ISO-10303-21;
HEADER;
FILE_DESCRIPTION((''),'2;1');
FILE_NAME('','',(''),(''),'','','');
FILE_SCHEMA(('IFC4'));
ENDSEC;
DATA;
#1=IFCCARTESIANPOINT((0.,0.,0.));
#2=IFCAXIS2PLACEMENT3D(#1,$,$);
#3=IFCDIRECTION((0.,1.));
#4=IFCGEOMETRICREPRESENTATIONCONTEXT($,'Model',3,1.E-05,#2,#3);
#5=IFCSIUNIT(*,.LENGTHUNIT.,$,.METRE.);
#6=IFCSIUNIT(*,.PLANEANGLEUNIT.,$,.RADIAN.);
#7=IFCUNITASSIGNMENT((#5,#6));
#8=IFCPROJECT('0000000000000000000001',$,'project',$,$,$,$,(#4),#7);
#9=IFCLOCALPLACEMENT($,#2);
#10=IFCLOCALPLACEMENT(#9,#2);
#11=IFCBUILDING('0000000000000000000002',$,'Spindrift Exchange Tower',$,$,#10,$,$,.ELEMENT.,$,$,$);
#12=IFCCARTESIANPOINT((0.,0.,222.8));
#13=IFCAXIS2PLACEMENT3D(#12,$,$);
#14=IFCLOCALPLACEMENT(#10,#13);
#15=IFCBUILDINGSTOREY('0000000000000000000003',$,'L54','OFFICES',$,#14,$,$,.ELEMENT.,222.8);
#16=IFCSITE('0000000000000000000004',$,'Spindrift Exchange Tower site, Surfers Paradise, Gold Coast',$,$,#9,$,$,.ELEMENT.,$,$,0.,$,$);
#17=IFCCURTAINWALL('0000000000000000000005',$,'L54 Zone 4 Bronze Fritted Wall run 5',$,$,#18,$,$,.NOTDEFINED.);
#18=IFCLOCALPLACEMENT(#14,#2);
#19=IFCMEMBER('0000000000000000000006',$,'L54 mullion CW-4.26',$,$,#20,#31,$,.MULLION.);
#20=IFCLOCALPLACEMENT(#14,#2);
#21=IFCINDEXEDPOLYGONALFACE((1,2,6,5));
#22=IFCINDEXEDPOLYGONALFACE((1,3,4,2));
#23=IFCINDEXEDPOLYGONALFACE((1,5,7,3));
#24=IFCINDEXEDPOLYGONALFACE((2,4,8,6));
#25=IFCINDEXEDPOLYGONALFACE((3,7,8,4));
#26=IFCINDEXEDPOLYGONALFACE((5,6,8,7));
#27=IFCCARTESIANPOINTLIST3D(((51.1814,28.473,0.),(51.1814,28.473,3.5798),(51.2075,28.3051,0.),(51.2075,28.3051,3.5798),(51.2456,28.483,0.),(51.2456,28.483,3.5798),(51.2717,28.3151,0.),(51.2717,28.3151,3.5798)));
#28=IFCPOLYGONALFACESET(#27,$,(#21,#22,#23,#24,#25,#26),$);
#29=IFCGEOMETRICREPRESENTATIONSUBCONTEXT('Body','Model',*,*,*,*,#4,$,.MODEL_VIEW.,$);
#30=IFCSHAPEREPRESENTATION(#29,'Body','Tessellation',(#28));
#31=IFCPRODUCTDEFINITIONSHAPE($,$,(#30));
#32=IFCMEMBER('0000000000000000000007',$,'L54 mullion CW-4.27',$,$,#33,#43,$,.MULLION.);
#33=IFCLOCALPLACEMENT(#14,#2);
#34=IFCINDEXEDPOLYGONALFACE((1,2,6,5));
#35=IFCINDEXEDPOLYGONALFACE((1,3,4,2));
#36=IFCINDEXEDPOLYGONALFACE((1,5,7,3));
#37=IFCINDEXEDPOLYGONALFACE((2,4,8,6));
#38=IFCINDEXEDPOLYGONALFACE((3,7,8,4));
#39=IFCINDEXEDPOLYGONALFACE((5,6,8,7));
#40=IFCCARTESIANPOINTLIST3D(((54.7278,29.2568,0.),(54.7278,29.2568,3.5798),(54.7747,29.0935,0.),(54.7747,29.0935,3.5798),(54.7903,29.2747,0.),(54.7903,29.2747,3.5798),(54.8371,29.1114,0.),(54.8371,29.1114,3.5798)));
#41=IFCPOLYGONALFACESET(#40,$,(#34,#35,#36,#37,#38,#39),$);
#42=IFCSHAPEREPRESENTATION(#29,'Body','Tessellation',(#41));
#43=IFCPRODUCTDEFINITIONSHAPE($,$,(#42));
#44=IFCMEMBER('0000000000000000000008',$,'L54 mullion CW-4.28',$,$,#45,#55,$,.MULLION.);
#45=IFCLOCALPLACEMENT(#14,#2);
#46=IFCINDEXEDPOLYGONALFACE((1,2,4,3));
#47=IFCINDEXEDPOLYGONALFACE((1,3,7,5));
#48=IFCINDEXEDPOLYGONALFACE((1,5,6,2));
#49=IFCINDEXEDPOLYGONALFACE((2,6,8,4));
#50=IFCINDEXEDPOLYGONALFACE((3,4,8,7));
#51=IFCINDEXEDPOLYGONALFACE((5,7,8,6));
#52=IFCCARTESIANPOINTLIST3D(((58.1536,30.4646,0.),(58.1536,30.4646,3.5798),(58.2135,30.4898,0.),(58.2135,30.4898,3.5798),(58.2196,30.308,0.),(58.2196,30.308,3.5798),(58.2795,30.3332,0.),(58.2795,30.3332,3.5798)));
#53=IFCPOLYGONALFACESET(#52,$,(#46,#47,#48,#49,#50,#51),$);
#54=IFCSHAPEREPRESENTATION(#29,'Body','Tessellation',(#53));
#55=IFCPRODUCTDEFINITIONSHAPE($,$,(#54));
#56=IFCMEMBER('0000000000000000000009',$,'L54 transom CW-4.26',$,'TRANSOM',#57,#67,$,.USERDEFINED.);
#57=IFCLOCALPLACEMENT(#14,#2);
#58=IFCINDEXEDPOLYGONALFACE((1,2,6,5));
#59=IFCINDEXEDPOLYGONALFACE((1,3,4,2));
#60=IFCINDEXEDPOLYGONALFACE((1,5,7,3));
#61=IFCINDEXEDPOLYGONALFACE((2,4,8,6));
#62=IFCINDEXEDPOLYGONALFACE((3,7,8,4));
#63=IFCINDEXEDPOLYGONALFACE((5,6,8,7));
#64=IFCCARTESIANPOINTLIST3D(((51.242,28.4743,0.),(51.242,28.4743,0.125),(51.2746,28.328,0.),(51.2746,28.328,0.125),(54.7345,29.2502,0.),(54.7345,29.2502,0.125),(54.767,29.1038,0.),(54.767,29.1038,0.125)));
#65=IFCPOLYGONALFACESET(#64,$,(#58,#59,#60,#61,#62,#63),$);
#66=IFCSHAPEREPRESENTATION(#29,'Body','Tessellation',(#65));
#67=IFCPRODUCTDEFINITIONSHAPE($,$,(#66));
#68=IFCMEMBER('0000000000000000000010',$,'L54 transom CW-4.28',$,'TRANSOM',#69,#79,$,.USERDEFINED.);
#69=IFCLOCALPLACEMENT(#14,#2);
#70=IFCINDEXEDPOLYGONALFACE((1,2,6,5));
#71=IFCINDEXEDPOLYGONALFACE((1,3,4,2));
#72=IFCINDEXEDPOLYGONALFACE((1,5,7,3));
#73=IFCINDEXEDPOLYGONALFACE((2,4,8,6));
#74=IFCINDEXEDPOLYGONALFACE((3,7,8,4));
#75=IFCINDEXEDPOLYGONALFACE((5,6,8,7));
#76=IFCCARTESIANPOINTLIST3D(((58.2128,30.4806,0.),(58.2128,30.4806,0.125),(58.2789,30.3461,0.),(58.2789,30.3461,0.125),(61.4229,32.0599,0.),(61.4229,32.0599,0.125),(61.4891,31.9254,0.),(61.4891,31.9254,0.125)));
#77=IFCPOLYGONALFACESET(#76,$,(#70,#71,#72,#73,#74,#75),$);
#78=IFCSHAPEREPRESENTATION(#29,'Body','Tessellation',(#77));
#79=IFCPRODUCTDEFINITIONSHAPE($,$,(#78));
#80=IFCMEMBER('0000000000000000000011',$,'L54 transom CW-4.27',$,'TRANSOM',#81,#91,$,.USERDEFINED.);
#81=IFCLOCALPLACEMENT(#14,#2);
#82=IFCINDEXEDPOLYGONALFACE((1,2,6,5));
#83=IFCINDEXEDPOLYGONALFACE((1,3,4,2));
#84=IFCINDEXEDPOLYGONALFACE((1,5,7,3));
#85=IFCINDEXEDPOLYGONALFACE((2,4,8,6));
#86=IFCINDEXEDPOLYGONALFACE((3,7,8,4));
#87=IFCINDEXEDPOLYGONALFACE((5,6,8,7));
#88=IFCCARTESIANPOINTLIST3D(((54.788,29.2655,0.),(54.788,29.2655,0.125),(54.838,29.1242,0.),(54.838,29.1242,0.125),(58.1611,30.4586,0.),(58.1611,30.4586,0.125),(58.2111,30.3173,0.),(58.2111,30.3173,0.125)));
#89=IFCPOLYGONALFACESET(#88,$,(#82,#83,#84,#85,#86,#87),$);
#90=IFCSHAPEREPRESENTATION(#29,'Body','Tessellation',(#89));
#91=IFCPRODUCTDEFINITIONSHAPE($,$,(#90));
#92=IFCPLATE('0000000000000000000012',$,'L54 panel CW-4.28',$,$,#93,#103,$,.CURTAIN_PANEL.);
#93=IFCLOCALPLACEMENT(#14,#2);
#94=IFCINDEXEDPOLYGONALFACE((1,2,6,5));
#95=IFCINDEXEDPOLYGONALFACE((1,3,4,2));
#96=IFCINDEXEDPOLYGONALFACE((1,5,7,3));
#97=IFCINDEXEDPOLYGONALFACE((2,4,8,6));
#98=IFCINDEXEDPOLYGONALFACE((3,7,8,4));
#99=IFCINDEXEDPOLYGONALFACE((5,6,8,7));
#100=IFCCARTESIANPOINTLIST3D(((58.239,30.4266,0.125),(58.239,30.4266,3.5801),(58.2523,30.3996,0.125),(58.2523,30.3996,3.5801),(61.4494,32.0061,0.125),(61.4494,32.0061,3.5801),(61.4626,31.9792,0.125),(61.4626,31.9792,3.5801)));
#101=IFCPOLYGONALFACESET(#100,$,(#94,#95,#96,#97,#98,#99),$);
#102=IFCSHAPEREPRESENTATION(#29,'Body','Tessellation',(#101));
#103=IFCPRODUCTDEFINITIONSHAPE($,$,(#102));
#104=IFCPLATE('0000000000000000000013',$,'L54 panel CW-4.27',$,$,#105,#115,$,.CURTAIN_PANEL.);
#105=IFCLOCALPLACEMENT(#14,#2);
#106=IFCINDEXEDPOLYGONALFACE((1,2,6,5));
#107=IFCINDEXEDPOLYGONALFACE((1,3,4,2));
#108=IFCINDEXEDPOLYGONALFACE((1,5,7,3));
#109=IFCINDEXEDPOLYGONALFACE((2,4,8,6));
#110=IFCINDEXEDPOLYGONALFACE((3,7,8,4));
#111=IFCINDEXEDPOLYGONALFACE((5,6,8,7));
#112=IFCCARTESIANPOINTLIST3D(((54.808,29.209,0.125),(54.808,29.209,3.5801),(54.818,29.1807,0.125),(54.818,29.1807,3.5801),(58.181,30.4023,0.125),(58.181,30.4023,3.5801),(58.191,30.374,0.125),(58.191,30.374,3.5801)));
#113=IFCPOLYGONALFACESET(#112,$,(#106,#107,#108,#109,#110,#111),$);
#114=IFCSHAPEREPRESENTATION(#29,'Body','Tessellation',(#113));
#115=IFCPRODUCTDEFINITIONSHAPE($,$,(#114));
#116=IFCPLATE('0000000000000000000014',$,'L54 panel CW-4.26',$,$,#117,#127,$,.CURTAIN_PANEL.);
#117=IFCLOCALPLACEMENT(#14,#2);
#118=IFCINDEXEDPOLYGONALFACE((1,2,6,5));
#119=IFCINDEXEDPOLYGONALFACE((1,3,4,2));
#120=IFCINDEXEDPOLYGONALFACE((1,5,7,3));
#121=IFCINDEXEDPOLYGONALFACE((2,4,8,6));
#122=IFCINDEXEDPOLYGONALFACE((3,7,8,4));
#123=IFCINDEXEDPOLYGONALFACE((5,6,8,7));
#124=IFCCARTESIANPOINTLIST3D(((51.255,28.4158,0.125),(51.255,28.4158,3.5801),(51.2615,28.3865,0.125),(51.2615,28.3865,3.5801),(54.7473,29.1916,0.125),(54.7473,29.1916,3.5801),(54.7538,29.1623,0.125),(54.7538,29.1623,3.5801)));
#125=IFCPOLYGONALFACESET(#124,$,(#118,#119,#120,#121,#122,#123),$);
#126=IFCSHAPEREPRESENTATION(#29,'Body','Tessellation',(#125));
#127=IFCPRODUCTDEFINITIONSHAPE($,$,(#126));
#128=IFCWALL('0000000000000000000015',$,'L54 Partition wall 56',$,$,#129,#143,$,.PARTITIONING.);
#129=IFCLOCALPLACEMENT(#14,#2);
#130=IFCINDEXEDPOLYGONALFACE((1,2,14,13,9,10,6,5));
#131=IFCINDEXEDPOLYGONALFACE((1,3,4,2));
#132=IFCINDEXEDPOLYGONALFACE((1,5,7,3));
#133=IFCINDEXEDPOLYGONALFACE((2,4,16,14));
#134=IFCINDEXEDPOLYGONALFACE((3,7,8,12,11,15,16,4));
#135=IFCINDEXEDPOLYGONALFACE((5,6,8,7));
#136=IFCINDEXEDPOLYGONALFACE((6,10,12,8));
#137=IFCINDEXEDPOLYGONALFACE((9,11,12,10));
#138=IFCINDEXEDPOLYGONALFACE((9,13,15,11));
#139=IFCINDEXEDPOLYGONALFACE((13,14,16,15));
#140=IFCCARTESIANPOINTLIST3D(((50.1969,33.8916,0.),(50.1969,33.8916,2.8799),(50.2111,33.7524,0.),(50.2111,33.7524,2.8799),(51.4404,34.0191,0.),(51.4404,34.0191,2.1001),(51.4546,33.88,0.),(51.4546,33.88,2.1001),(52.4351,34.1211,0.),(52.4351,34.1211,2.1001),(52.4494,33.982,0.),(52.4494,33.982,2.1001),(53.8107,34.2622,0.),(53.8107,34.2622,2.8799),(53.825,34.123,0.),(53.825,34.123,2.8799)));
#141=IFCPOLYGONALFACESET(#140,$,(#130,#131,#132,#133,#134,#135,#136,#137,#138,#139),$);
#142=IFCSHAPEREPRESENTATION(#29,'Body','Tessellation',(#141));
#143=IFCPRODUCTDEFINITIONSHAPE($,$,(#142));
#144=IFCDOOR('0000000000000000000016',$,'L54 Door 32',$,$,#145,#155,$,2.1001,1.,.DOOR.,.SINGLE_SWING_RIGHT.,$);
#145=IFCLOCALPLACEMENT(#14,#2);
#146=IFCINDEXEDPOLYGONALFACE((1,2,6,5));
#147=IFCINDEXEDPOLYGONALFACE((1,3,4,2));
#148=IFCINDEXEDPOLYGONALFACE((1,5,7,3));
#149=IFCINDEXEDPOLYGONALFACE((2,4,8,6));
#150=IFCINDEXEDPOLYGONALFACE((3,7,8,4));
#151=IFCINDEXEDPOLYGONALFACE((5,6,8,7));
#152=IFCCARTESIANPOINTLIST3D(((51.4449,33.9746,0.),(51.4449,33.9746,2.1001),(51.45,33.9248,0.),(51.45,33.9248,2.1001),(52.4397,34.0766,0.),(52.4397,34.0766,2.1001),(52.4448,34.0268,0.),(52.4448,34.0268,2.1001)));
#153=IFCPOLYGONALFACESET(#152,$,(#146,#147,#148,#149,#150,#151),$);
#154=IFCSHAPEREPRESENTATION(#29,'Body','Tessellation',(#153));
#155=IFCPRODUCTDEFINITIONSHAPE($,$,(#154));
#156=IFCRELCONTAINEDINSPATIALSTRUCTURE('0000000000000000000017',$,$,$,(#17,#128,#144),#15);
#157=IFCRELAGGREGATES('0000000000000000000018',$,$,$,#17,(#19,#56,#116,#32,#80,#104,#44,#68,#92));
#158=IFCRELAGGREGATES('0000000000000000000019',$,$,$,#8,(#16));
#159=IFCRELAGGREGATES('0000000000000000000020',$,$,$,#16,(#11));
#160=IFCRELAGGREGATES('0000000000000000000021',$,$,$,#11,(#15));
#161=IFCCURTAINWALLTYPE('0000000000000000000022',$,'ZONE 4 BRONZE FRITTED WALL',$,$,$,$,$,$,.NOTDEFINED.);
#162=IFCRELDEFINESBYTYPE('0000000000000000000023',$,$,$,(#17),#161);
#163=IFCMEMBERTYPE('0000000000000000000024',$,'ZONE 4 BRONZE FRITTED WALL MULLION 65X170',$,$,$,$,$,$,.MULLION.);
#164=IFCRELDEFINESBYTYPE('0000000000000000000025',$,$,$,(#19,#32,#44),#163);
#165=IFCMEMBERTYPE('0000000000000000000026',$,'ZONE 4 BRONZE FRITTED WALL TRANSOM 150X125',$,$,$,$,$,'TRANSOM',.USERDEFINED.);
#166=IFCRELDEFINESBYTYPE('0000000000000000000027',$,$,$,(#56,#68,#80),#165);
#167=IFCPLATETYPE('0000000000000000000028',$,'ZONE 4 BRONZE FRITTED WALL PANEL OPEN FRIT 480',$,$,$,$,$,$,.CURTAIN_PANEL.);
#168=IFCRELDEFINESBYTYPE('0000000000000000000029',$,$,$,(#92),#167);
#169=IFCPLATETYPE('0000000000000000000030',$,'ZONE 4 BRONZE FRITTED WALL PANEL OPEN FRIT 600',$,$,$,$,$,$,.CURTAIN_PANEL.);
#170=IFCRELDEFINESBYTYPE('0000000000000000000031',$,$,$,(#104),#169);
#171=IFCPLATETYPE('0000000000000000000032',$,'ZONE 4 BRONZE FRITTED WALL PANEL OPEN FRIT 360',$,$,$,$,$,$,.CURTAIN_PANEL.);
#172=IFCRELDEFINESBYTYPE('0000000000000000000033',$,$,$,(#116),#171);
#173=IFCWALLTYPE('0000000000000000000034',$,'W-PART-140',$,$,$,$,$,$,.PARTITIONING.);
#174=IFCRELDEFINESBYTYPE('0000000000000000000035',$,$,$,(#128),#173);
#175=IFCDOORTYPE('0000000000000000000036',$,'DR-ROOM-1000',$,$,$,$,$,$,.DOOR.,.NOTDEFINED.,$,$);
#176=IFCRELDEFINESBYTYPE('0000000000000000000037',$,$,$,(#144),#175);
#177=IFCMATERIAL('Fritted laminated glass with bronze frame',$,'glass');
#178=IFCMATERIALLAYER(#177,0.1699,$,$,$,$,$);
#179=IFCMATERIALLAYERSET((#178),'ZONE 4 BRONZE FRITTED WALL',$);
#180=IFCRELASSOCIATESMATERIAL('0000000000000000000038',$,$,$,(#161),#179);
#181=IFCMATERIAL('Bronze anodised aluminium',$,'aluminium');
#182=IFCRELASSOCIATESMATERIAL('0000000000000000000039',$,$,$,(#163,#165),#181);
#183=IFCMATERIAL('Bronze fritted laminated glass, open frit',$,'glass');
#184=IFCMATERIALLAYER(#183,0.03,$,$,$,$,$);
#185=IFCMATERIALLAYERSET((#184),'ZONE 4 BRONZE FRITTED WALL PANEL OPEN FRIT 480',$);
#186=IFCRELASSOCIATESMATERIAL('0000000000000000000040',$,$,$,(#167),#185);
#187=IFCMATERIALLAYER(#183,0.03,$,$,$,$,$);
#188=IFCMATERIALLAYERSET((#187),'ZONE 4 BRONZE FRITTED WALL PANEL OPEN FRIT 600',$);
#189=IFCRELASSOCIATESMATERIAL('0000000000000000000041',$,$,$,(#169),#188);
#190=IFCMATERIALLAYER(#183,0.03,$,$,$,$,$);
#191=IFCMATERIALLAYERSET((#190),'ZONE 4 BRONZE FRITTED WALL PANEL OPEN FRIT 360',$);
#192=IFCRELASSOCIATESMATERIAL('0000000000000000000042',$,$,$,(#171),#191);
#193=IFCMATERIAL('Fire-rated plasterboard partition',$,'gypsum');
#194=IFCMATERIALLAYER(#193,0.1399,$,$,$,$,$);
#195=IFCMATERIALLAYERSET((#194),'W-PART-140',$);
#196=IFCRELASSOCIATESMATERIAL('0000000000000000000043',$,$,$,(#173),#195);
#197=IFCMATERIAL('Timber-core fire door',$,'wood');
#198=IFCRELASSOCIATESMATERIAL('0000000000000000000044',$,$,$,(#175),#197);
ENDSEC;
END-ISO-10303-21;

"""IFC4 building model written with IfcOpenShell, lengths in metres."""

from ifc_helpers import new_model, si_unit, direction, frame, frame_2d, origin, origin_2d, place, context, subcontext, project, spatial, rectangle, extrude, source, transform, mapped, material, layer, layer_set, material_profile, profile_set, type_object, element, fill, aggregate, save


model = new_model("IFC4")

# Units and contexts
model_context = context("Model", 3, precision=1e-05, world=origin(), true_north=direction((0.0, 1.0)))
body_context = subcontext(model_context, "Body", "Model", "MODEL_VIEW")
ifc_project = project(units=[si_unit("LENGTHUNIT", "METRE"), si_unit("PLANEANGLEUNIT", "RADIAN")], contexts=[model_context])

# Site, building, storey
site_placement = place(None, origin())
site = spatial("IfcSite", under=ifc_project, at=site_placement, Name="Spindrift Exchange Tower site, Surfers Paradise, Gold Coast", CompositionType="ELEMENT", RefElevation=0.0)
building_placement = place(site_placement, origin())
building = spatial("IfcBuilding", under=site, at=building_placement, Name="Spindrift Exchange Tower", CompositionType="ELEMENT")
storey_placement = place(building_placement, frame((0.0, 0.0, 222.8)))
storey = spatial("IfcBuildingStorey", under=building, at=storey_placement, Name="L54", Description="OFFICES", CompositionType="ELEMENT", Elevation=222.8)

# Curtain wall, members, plates
ifc_material_1 = material(Name="Fritted laminated glass with bronze frame", Category="glass")
ifc_layer_1 = layer(ifc_material_1, 0.1699)
ifc_layer_set_1 = layer_set([ifc_layer_1], Name="ZONE 4 BRONZE FRITTED WALL")
curtain_wall_type = type_object("IfcCurtainWallType", Name="ZONE 4 BRONZE FRITTED WALL", PredefinedType="NOTDEFINED", material=ifc_layer_set_1)
curtain_wall_placement = place(storey_placement, origin())
curtain_wall = element("IfcCurtainWall", 1, at=curtain_wall_placement, inside=storey, type_object=curtain_wall_type, Name="L54 Zone 4 Bronze Fritted Wall run 5", PredefinedType="NOTDEFINED")
ifc_material_2 = material(Name="Bronze anodised aluminium", Category="aluminium")
ifc_material_profile_1 = material_profile(ifc_material_2, rectangle(XDim=0.0649, YDim=0.1699, at=origin_2d()), Name="ZONE 4 BRONZE FRITTED WALL MULLION 65X170")
ifc_profile_set_1 = profile_set([ifc_material_profile_1], Name="Bronze anodised aluminium")
member_type_1 = type_object("IfcMemberType", Name="ZONE 4 BRONZE FRITTED WALL MULLION 65X170", PredefinedType="MULLION", material=ifc_profile_set_1)
shared_shape_1 = source(origin(), body_context, "Body", "SweptSolid", [
    extrude(rectangle(XDim=0.0649, YDim=0.1699, at=origin_2d()), origin(), (0.0, 0.0, 1.0), 3.5798),
])
member_1_placement = place(storey_placement, frame((51.2266, 28.394, 0.0), z_axis=(0.0, 0.0, 1.0), x_axis=(0.988174, 0.153339, 0.0)))
member_1 = element("IfcMember", 2, at=member_1_placement, type_object=member_type_1, Name="L54 mullion CW-4.26", PredefinedType="MULLION", context=body_context, shape_type="MappedRepresentation", body=[
    mapped(shared_shape_1, transform((0.0, 0.0, 0.0), scale=1.0)),
])
member_2_placement = place(storey_placement, frame((54.7825, 29.1841, 0.0), z_axis=(0.0, 0.0, 1.0), x_axis=(0.961246, 0.275692, 0.0)))
member_2 = element("IfcMember", 3, at=member_2_placement, type_object=member_type_1, Name="L54 mullion CW-4.27", PredefinedType="MULLION", context=body_context, shape_type="MappedRepresentation", body=[
    mapped(shared_shape_1, transform((0.0, 0.0, 0.0), scale=1.0)),
])
member_3_placement = place(storey_placement, frame((58.2166, 30.3989, 0.0), z_axis=(0.0, 0.0, 1.0), x_axis=(0.921593, 0.388158, 0.0)))
member_3 = element("IfcMember", 4, at=member_3_placement, type_object=member_type_1, Name="L54 mullion CW-4.28", PredefinedType="MULLION", context=body_context, shape_type="MappedRepresentation", body=[
    mapped(shared_shape_1, transform((0.0, 0.0, 0.0), scale=1.0)),
])
ifc_material_profile_2 = material_profile(ifc_material_2, rectangle(XDim=0.1499, YDim=0.125, at=origin_2d()), Name="ZONE 4 BRONZE FRITTED WALL TRANSOM 150X125")
ifc_profile_set_2 = profile_set([ifc_material_profile_2], Name="Bronze anodised aluminium")
member_type_2 = type_object("IfcMemberType", Name="ZONE 4 BRONZE FRITTED WALL TRANSOM 150X125", ElementType="TRANSOM", PredefinedType="USERDEFINED", material=ifc_profile_set_2)
shared_shape_2 = source(origin(), body_context, "Body", "SweptSolid", [
    extrude(rectangle(XDim=0.1499, YDim=0.125, at=origin_2d()), origin(), (0.0, 0.0, 1.0), 3.5776),
])
member_4_placement = place(storey_placement, frame((51.2583, 28.4011, 0.0625), z_axis=(0.9762, 0.216873, 0.0), x_axis=(-0.216873, 0.9762, 0.0)))
member_4 = element("IfcMember", 5, at=member_4_placement, type_object=member_type_2, Name="L54 transom CW-4.26", ObjectType="TRANSOM", PredefinedType="USERDEFINED", context=body_context, shape_type="MappedRepresentation", body=[
    mapped(shared_shape_2, transform((0.0, 0.0, 0.0), scale=1.0)),
])
member_5_placement = place(storey_placement, frame((58.2458, 30.4133, 0.0625), z_axis=(0.897288, 0.441445, 0.0), x_axis=(-0.441445, 0.897288, 0.0)))
member_5 = element("IfcMember", 6, at=member_5_placement, type_object=member_type_2, Name="L54 transom CW-4.28", ObjectType="TRANSOM", PredefinedType="USERDEFINED", context=body_context, shape_type="MappedRepresentation", body=[
    mapped(shared_shape_2, transform((0.0, 0.0, 0.0), scale=1.0)),
])
shared_shape_3 = source(origin(), body_context, "Body", "SweptSolid", [
    extrude(rectangle(XDim=0.1499, YDim=0.125, at=origin_2d()), origin(), (0.0, 0.0, 1.0), 3.5779),
])
member_6_placement = place(storey_placement, frame((54.813, 29.1948, 0.0625), z_axis=(0.94276, 0.333473, 0.0), x_axis=(-0.333473, 0.94276, 0.0)))
member_6 = element("IfcMember", 7, at=member_6_placement, type_object=member_type_2, Name="L54 transom CW-4.27", ObjectType="TRANSOM", PredefinedType="USERDEFINED", context=body_context, shape_type="MappedRepresentation", body=[
    mapped(shared_shape_3, transform((0.0, 0.0, 0.0), scale=1.0)),
])
ifc_material_3 = material(Name="Bronze fritted laminated glass, open frit", Category="glass")
ifc_layer_2 = layer(ifc_material_3, 0.03)
ifc_layer_set_2 = layer_set([ifc_layer_2], Name="ZONE 4 BRONZE FRITTED WALL PANEL OPEN FRIT 480")
plate_type_1 = type_object("IfcPlateType", Name="ZONE 4 BRONZE FRITTED WALL PANEL OPEN FRIT 480", PredefinedType="CURTAIN_PANEL", material=ifc_layer_set_2)
shared_shape_4 = source(origin(), body_context, "Body", "SweptSolid", [
    extrude(rectangle(XDim=3.5779, YDim=0.03, at=origin_2d()), origin(), (0.0, 0.0, 1.0), 3.4551),
])
plate_1_placement = place(storey_placement, frame((59.8508, 31.2029, 0.125), z_axis=(0.0, 0.0, 1.0), x_axis=(0.897275, 0.441473, 0.0)))
plate_1 = element("IfcPlate", 8, at=plate_1_placement, type_object=plate_type_1, Name="L54 panel CW-4.28", PredefinedType="CURTAIN_PANEL", context=body_context, shape_type="MappedRepresentation", body=[
    mapped(shared_shape_4, transform((0.0, 0.0, 0.0), scale=1.0)),
])
ifc_layer_3 = layer(ifc_material_3, 0.03)
ifc_layer_set_3 = layer_set([ifc_layer_3], Name="ZONE 4 BRONZE FRITTED WALL PANEL OPEN FRIT 600")
plate_type_2 = type_object("IfcPlateType", Name="ZONE 4 BRONZE FRITTED WALL PANEL OPEN FRIT 600", PredefinedType="CURTAIN_PANEL", material=ifc_layer_set_3)
shared_shape_5 = source(origin(), body_context, "Body", "SweptSolid", [
    extrude(rectangle(XDim=3.5779, YDim=0.03, at=origin_2d()), origin(), (0.0, 0.0, 1.0), 3.4551),
])
plate_2_placement = place(storey_placement, frame((56.4995, 29.7915, 0.125), z_axis=(0.0, 0.0, 1.0), x_axis=(0.942746, 0.333511, 0.0)))
plate_2 = element("IfcPlate", 9, at=plate_2_placement, type_object=plate_type_2, Name="L54 panel CW-4.27", PredefinedType="CURTAIN_PANEL", context=body_context, shape_type="MappedRepresentation", body=[
    mapped(shared_shape_5, transform((0.0, 0.0, 0.0), scale=1.0)),
])
ifc_layer_4 = layer(ifc_material_3, 0.03)
ifc_layer_set_4 = layer_set([ifc_layer_4], Name="ZONE 4 BRONZE FRITTED WALL PANEL OPEN FRIT 360")
plate_type_3 = type_object("IfcPlateType", Name="ZONE 4 BRONZE FRITTED WALL PANEL OPEN FRIT 360", PredefinedType="CURTAIN_PANEL", material=ifc_layer_set_4)
shared_shape_6 = source(origin(), body_context, "Body", "SweptSolid", [
    extrude(rectangle(XDim=3.5774, YDim=0.03, at=origin_2d()), origin(), (0.0, 0.0, 1.0), 3.4551),
])
plate_3_placement = place(storey_placement, frame((53.0044, 28.7891, 0.125), z_axis=(0.0, 0.0, 1.0), x_axis=(0.976203, 0.216857, 0.0)))
plate_3 = element("IfcPlate", 10, at=plate_3_placement, type_object=plate_type_3, Name="L54 panel CW-4.26", PredefinedType="CURTAIN_PANEL", context=body_context, shape_type="MappedRepresentation", body=[
    mapped(shared_shape_6, transform((0.0, 0.0, 0.0), scale=1.0)),
])
aggregate(curtain_wall, [member_1, member_4, plate_3, member_2, member_6, plate_2, member_3, member_5, plate_1])

# Wall, opening, door
ifc_material_4 = material(Name="Fire-rated plasterboard partition", Category="gypsum")
ifc_layer_5 = layer(ifc_material_4, 0.1399)
ifc_layer_set_5 = layer_set([ifc_layer_5], Name="W-PART-140")
wall_type = type_object("IfcWallType", Name="W-PART-140", PredefinedType="PARTITIONING", material=ifc_layer_set_5)
wall_1_placement = place(storey_placement, frame((53.8179, 34.1926, 0.0), z_axis=(0.0, 0.0, 1.0), x_axis=(-0.994782, -0.102019, 0.0)))
wall_1 = element("IfcWall", 11, at=wall_1_placement, inside=storey, type_object=wall_type, Name="L54 Partition wall 56", PredefinedType="PARTITIONING", context=body_context, shape_type="SweptSolid", body=[
    extrude(rectangle(XDim=3.6328, YDim=0.1399, at=frame_2d((1.8164, 0.0))), origin(), (0.0, 0.0, 1.0), 2.8799),
])
opening_1_placement = place(wall_1_placement, frame((1.3828, 0.0, 0.0)))
opening_1 = element("IfcOpeningElement", 12, at=opening_1_placement, cuts=wall_1, PredefinedType="OPENING", context=body_context, shape_type="SweptSolid", body=[
    extrude(rectangle(XDim=1.0, YDim=2.1001, at=frame_2d((0.5, 1.05))), frame((0.0, 0.0798, 0.0), z_axis=(0.0, -1.0, 0.0), x_axis=(1.0, 0.0, 0.0)), (0.0, 0.0, 1.0), 0.1599),
])
ifc_material_5 = material(Name="Timber-core fire door", Category="wood")
door_type = type_object("IfcDoorType", Name="DR-ROOM-1000", OperationType="NOTDEFINED", PredefinedType="DOOR", material=ifc_material_5)
shared_shape_7 = source(origin(), body_context, "Body", "SweptSolid", [
    extrude(rectangle(XDim=1.0, YDim=2.1001, at=frame_2d((0.5, 1.05))), frame((0.0, 0.0249, 0.0), z_axis=(0.0, -1.0, 0.0), x_axis=(1.0, 0.0, 0.0)), (0.0, 0.0, 1.0), 0.05),
])
door_1_placement = place(opening_1_placement, origin())
door_1 = element("IfcDoor", 13, at=door_1_placement, inside=storey, type_object=door_type, Name="L54 Door 32", OperationType="SINGLE_SWING_RIGHT", OverallHeight=2.1001, OverallWidth=1.0, PredefinedType="DOOR", context=body_context, shape_type="MappedRepresentation", body=[
    mapped(shared_shape_7, transform((0.0, 0.0, 0.0), scale=1.0)),
])
fill(opening_1, door_1)

save(model, "model.ifc")
